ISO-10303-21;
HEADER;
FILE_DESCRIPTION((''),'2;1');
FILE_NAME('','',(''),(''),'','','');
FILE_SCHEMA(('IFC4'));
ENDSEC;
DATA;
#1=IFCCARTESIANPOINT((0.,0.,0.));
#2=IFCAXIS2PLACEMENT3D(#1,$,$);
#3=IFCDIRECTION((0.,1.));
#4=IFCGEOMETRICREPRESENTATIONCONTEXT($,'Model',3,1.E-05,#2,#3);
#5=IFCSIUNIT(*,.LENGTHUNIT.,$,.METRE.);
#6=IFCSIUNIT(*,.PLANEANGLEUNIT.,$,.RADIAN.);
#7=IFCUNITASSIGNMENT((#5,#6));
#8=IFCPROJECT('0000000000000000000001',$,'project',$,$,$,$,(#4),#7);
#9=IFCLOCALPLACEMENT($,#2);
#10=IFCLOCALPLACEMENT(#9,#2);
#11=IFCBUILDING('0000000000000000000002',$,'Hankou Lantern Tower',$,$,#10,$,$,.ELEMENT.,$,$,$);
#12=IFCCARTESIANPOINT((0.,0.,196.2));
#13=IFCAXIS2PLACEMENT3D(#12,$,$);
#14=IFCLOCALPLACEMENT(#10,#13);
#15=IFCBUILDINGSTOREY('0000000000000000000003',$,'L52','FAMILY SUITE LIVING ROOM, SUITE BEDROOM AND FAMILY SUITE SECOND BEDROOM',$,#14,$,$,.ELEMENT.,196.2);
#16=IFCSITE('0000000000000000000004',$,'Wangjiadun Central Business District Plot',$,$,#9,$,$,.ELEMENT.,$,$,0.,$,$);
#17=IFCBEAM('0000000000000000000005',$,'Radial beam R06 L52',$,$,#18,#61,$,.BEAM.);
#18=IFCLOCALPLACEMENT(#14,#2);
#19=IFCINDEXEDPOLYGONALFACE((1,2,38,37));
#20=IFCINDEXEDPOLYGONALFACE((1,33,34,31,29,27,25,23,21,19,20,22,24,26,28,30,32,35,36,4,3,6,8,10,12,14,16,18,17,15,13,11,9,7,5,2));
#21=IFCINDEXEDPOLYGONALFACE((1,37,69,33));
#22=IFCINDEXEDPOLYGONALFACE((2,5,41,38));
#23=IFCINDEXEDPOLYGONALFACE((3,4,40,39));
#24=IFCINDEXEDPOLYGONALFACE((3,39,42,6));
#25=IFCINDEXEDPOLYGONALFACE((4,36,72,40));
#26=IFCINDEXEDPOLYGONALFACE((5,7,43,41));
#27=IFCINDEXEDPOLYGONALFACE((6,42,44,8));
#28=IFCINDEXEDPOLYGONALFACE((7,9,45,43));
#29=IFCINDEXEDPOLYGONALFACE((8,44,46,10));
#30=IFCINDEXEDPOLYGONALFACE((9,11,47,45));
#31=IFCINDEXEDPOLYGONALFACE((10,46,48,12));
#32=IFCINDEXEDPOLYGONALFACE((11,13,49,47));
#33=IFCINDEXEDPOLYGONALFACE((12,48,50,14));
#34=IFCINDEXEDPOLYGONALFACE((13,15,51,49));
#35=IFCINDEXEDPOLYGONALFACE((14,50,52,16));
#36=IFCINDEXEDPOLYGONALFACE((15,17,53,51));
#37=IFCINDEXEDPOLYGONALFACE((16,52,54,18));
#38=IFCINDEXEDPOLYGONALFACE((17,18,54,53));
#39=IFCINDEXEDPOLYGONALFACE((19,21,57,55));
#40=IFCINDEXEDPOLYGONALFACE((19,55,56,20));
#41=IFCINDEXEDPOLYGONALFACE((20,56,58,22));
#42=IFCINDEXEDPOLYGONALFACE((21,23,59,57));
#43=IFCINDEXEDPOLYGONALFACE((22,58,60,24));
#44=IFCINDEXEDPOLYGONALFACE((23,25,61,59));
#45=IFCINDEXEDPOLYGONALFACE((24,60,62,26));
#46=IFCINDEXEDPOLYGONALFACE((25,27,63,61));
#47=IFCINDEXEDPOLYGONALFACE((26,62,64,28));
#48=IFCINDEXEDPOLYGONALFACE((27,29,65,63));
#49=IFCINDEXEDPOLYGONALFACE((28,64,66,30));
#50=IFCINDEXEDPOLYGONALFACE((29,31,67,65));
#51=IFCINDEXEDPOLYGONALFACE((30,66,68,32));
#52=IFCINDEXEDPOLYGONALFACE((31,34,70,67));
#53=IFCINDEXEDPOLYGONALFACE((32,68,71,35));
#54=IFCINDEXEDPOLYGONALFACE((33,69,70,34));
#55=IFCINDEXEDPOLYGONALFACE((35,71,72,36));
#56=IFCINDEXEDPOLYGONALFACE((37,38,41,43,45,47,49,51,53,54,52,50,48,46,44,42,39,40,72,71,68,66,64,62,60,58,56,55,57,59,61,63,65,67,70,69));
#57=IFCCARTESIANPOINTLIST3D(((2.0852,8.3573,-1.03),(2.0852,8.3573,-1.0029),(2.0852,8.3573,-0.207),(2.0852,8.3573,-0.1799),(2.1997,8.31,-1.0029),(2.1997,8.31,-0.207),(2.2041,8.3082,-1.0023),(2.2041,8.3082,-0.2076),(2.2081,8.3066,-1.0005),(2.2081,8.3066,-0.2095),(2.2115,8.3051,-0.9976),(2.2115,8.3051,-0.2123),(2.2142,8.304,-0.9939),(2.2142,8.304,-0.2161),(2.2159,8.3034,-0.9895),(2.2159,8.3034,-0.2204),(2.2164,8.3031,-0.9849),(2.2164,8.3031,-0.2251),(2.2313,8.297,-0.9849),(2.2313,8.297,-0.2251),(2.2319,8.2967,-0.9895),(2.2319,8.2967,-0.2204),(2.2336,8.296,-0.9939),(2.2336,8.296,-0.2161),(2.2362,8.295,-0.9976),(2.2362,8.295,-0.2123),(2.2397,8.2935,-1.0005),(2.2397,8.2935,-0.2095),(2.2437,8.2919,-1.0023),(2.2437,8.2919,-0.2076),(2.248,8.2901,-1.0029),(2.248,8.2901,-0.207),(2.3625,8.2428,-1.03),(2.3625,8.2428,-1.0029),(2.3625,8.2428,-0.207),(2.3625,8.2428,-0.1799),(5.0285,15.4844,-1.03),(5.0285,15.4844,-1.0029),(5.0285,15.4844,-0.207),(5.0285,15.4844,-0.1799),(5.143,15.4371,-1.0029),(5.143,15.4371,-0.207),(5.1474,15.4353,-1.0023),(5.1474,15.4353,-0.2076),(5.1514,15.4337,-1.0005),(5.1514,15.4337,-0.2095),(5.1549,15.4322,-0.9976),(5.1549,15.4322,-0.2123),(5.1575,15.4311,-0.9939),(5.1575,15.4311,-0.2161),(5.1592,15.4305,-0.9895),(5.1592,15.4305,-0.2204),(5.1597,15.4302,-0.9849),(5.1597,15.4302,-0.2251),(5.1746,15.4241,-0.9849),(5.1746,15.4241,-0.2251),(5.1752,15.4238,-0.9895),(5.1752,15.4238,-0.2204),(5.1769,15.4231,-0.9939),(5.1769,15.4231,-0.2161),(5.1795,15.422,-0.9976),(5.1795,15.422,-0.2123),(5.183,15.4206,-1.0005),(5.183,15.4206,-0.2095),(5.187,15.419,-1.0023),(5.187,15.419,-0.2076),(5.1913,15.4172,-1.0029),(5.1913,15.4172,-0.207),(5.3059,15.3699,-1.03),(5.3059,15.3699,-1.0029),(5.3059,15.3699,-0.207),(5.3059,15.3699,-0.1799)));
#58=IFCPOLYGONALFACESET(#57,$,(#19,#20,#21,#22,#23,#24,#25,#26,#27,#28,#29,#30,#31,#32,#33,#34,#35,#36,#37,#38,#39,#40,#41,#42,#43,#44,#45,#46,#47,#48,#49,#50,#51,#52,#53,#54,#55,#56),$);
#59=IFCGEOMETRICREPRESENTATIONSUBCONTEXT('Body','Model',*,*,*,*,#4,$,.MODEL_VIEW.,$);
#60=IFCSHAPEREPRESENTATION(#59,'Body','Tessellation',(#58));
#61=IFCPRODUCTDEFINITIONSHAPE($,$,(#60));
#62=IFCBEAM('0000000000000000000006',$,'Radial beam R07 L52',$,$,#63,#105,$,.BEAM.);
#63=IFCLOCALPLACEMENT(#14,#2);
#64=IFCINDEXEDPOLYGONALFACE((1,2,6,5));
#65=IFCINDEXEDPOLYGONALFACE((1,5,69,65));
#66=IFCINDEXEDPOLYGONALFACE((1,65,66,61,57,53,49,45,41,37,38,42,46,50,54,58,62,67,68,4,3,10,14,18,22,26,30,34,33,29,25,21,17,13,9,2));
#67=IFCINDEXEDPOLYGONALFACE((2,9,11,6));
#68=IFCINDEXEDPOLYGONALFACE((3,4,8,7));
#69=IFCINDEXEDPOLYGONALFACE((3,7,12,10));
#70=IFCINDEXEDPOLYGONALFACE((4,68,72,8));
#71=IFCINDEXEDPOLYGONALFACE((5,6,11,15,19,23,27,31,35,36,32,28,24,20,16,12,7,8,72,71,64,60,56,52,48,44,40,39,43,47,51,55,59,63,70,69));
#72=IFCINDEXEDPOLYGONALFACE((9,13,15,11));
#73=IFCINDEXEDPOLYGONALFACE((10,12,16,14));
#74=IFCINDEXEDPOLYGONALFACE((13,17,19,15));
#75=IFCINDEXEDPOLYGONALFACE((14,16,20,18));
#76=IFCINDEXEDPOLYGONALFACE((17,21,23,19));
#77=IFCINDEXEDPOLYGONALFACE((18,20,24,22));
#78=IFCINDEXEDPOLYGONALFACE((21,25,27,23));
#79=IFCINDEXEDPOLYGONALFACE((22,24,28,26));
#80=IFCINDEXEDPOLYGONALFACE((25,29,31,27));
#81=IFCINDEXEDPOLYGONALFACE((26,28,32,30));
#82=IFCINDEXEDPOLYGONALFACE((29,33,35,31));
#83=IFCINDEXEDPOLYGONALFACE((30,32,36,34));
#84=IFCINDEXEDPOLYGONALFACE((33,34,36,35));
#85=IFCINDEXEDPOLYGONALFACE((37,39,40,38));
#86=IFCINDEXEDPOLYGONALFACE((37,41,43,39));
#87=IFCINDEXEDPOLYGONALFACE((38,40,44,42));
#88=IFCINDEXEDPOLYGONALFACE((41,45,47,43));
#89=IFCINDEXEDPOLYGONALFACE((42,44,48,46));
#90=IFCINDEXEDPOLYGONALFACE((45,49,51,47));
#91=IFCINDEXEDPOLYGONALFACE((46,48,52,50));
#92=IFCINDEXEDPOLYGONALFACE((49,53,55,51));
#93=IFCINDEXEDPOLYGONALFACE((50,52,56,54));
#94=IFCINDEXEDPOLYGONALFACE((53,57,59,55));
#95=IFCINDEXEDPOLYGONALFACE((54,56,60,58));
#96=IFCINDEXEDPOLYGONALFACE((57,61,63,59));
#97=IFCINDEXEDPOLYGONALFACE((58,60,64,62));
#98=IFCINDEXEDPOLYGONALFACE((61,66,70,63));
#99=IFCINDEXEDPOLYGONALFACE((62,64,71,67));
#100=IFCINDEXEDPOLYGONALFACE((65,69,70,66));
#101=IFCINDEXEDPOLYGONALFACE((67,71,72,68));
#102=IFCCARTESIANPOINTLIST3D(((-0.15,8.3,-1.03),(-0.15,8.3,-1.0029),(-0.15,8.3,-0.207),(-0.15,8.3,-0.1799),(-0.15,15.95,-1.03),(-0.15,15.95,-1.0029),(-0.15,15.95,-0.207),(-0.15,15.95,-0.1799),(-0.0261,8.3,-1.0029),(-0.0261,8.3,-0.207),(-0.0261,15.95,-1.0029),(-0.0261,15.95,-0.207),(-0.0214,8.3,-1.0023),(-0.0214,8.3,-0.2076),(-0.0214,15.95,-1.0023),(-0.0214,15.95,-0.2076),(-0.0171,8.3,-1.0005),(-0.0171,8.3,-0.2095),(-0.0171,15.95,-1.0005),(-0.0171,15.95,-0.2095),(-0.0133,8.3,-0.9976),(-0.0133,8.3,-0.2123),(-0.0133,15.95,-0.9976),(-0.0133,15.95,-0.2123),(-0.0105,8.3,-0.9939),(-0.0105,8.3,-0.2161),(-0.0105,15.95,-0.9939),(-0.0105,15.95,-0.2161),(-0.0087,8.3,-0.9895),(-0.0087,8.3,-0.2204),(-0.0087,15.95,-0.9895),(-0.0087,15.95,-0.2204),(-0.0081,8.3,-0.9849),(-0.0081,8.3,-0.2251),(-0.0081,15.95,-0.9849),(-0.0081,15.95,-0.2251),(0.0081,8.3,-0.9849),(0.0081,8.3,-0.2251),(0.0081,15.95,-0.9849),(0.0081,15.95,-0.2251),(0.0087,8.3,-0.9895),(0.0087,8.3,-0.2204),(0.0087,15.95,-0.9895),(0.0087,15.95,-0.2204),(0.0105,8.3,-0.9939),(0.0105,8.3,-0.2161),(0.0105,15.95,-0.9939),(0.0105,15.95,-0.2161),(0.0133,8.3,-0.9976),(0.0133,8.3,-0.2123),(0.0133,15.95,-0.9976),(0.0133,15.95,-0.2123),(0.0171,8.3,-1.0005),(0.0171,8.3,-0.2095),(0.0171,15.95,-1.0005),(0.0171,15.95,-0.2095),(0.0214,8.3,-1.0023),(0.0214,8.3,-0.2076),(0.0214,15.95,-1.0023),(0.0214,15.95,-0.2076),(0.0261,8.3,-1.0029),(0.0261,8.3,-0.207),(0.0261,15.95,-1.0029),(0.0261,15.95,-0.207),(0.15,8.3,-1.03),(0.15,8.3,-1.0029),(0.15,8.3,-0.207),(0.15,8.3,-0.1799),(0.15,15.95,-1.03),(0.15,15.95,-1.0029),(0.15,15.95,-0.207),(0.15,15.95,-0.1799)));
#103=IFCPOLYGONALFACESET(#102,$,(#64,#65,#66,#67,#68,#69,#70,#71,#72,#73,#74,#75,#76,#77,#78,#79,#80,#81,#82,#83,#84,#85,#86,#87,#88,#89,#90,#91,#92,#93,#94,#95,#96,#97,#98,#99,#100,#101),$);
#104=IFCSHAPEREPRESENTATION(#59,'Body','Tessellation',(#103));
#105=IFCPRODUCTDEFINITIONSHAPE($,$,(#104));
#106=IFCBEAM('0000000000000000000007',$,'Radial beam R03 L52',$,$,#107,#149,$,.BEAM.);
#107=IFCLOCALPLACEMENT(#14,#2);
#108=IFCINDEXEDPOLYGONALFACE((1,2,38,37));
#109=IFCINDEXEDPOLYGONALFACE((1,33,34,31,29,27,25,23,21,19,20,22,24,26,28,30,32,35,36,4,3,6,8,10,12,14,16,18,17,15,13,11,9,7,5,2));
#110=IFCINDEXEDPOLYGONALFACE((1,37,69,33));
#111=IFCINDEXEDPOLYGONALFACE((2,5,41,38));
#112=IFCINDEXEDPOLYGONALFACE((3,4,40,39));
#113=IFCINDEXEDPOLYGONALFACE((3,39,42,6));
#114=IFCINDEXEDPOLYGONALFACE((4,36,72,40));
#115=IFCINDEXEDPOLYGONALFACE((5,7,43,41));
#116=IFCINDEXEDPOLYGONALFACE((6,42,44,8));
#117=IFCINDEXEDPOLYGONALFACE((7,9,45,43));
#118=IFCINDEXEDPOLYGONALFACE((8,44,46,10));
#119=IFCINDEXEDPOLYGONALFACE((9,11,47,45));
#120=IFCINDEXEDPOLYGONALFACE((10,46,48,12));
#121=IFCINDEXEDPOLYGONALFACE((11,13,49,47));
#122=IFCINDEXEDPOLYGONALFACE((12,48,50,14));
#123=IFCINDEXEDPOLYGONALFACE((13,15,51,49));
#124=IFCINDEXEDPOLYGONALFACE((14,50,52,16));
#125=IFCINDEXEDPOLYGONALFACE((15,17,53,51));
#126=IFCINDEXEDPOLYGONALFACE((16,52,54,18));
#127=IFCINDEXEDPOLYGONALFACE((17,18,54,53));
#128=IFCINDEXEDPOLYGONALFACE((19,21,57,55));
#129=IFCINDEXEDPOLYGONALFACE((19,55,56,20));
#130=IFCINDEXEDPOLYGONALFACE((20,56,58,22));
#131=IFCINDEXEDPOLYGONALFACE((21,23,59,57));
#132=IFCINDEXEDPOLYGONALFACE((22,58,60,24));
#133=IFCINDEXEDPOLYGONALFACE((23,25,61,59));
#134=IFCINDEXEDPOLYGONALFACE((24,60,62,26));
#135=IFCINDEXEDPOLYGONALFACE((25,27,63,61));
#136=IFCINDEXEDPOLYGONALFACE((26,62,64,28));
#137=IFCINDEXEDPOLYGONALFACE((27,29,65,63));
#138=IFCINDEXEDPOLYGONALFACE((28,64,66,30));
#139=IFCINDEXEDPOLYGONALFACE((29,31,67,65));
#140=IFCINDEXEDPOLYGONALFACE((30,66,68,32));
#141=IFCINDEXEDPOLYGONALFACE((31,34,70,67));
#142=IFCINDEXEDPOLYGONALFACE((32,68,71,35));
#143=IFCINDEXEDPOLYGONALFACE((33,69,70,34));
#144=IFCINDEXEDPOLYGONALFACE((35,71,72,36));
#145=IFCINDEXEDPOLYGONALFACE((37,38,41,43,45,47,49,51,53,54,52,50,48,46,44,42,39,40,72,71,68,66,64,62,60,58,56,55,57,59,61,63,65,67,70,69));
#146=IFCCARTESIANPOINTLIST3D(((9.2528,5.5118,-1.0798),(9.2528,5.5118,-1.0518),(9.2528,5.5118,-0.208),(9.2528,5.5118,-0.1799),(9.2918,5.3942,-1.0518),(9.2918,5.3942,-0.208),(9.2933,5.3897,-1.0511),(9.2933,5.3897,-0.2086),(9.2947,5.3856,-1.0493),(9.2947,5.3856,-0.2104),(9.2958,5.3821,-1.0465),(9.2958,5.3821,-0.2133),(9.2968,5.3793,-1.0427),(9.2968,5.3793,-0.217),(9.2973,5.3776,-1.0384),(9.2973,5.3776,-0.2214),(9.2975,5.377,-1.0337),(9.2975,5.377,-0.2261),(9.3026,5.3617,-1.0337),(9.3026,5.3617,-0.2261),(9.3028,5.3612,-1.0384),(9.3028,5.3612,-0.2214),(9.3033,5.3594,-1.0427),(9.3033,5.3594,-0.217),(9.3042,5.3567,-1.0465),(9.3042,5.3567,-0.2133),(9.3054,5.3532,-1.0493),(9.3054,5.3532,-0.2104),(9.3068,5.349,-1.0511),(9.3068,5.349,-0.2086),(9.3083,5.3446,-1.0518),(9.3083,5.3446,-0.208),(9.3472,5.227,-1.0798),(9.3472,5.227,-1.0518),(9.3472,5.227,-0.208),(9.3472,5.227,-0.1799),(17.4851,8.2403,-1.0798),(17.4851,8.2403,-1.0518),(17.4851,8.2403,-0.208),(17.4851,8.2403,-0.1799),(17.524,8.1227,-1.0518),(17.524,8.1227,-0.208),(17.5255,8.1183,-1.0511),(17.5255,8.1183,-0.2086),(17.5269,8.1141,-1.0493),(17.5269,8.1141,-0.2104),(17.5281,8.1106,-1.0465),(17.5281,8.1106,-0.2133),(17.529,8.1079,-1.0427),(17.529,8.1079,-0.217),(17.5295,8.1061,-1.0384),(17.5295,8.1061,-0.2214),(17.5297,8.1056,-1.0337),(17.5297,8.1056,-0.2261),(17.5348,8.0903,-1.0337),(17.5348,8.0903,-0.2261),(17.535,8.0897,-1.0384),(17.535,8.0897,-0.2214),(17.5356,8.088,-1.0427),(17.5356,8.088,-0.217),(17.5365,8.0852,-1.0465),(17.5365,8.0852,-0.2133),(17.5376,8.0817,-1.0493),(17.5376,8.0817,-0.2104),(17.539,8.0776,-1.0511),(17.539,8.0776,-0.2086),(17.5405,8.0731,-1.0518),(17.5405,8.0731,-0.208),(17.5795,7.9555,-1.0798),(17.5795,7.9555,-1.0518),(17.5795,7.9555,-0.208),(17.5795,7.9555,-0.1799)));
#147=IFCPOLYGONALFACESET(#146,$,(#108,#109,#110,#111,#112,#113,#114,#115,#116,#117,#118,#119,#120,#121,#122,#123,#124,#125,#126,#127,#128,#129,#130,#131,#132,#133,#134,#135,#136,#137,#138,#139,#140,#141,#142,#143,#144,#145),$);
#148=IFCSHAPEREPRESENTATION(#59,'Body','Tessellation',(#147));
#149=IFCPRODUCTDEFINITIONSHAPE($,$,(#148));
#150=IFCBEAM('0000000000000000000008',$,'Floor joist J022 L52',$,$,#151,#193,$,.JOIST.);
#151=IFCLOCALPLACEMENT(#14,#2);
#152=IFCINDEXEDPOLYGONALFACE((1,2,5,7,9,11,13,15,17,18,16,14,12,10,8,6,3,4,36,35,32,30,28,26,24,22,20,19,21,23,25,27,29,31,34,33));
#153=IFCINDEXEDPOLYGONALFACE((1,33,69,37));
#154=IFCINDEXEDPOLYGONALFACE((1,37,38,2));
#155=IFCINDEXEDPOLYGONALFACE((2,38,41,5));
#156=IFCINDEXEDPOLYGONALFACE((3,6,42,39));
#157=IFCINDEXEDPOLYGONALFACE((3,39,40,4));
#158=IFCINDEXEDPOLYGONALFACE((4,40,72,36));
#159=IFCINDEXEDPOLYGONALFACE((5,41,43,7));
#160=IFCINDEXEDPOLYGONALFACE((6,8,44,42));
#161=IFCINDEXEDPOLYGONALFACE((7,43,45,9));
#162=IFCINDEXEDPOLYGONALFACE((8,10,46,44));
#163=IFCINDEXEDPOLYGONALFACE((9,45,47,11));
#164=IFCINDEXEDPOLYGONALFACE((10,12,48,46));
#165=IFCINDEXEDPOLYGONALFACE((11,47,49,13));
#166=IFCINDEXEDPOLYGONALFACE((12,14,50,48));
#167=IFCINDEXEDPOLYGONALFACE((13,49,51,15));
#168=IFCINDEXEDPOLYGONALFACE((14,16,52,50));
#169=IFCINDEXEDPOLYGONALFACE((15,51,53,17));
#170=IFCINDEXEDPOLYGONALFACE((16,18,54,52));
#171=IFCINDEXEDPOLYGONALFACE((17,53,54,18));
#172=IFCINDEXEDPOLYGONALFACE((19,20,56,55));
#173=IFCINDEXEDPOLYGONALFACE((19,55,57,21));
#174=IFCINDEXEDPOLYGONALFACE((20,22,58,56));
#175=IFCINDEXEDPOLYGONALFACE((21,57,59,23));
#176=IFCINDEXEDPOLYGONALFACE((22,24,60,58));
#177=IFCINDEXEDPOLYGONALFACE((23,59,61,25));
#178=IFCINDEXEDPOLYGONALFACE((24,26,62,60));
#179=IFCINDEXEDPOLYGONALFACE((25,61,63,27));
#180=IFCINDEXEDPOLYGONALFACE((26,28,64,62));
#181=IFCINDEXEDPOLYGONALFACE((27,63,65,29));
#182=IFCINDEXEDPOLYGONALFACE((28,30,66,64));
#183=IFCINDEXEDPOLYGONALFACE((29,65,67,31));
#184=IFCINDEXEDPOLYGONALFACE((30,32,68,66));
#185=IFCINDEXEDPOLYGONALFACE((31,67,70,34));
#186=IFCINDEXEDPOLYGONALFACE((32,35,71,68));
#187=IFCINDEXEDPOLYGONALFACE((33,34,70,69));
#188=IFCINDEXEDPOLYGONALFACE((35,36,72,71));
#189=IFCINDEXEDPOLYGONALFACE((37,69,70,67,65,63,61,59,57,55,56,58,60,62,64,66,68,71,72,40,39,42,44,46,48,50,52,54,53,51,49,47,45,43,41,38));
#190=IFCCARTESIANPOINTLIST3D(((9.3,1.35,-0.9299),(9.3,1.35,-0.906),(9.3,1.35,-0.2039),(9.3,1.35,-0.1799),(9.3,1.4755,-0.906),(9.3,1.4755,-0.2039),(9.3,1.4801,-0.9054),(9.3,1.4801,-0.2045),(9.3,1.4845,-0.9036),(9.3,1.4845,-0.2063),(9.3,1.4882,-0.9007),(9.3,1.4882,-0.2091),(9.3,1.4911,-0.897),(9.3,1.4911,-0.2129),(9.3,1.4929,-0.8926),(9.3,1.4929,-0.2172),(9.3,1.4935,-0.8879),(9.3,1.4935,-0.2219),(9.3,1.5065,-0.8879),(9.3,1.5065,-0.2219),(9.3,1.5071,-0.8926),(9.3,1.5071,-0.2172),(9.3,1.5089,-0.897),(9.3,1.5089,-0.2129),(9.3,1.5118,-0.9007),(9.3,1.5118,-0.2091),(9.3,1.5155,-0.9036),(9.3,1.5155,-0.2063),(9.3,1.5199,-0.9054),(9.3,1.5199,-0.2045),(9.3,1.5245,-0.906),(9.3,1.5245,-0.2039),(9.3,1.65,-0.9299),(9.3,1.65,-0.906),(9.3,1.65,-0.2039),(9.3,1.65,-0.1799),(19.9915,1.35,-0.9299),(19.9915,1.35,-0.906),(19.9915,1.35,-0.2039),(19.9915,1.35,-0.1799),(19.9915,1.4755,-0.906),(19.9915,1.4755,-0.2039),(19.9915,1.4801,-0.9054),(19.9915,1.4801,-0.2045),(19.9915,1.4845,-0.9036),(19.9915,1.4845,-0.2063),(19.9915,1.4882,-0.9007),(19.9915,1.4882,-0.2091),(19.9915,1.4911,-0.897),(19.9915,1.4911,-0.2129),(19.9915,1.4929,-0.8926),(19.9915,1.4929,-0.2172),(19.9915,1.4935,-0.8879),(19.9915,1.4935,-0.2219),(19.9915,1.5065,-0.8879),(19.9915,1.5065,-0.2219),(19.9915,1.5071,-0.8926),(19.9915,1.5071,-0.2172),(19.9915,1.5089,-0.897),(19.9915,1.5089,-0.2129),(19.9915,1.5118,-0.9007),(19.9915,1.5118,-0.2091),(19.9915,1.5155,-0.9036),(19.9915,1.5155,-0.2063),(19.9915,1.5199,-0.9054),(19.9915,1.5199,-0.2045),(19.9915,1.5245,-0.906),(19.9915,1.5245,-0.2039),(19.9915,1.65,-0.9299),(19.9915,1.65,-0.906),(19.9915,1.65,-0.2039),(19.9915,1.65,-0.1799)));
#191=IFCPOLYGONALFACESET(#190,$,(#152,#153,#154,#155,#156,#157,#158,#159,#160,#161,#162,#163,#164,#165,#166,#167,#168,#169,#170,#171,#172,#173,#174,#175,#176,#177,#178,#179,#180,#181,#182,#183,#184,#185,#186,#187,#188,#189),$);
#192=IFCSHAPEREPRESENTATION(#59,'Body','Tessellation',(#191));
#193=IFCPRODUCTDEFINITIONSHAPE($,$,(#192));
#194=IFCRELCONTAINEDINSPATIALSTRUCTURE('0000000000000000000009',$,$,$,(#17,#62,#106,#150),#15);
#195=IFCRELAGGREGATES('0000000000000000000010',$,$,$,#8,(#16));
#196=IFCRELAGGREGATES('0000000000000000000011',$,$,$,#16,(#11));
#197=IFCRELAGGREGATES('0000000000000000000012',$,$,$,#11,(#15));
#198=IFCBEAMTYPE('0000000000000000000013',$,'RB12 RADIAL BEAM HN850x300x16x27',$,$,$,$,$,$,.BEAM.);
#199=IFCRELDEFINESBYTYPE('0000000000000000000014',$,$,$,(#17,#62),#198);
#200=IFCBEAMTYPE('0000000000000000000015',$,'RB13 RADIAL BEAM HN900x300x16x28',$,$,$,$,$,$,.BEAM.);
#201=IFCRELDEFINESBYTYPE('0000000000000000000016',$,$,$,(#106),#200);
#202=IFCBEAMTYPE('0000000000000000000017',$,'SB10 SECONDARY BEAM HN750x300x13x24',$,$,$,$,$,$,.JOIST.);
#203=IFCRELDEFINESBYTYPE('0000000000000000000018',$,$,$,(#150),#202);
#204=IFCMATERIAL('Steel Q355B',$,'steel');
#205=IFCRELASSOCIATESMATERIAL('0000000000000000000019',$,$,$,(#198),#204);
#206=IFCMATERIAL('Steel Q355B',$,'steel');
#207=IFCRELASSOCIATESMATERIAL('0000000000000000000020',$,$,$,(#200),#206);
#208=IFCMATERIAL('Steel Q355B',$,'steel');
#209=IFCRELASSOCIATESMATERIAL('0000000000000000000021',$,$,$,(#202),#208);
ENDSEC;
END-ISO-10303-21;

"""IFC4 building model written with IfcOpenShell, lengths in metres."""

from ifc_helpers import new_model, si_unit, direction, frame, origin, origin_2d, place, context, subcontext, project, spatial, i_section, extrude, material, material_profile, profile_set, type_object, element, save


model = new_model("IFC4")

# Units and contexts
model_context = context("Model", 3, precision=1e-05, world=origin(), true_north=direction((0.0, 1.0)))
body_context = subcontext(model_context, "Body", "Model", "MODEL_VIEW")
ifc_project = project(units=[si_unit("LENGTHUNIT", "METRE"), si_unit("PLANEANGLEUNIT", "RADIAN")], contexts=[model_context])

# Site, building, storey
site_placement = place(None, origin())
site = spatial("IfcSite", under=ifc_project, at=site_placement, Name="Wangjiadun Central Business District Plot", CompositionType="ELEMENT", RefElevation=0.0)
building_placement = place(site_placement, origin())
building = spatial("IfcBuilding", under=site, at=building_placement, Name="Hankou Lantern Tower", CompositionType="ELEMENT")
storey_placement = place(building_placement, frame((0.0, 0.0, 196.2)))
storey = spatial("IfcBuildingStorey", under=building, at=storey_placement, Name="L52", Description="FAMILY SUITE LIVING ROOM, SUITE BEDROOM AND FAMILY SUITE SECOND BEDROOM", CompositionType="ELEMENT", Elevation=196.2)

# Beams
ifc_material_1 = material(Name="Steel Q355B", Category="steel")
ifc_material_profile_1 = material_profile(ifc_material_1, i_section(OverallWidth=0.3, OverallDepth=0.8501, WebThickness=0.0161, FlangeThickness=0.0271, FilletRadius=0.0181, at=origin_2d()), Name="HN850x300x16x27")
ifc_profile_set_1 = profile_set([ifc_material_profile_1], Name="Steel Q355B")
beam_type_1 = type_object("IfcBeamType", Name="RB12 RADIAL BEAM HN850x300x16x27", PredefinedType="BEAM", material=ifc_profile_set_1)
beam_1_placement = place(storey_placement, frame((2.2239, 8.3, -0.605), z_axis=(0.381707, 0.924284, 0.0), x_axis=(-0.924284, 0.381707, 0.0)))
element("IfcBeam", 1, at=beam_1_placement, inside=storey, type_object=beam_type_1, Name="Radial beam R06 L52", PredefinedType="BEAM", context=body_context, shape_type="SweptSolid", body=[
    extrude(i_section(OverallWidth=0.3, OverallDepth=0.8501, WebThickness=0.0161, FlangeThickness=0.0271, FilletRadius=0.0181, at=origin_2d()), origin(), (0.0, 0.0, 1.0), 7.7109),
])
beam_2_placement = place(storey_placement, frame((0.0, 8.3, -0.605), z_axis=(0.0, 1.0, 0.0), x_axis=(-1.0, 0.0, 0.0)))
element("IfcBeam", 2, at=beam_2_placement, inside=storey, type_object=beam_type_1, Name="Radial beam R07 L52", PredefinedType="BEAM", context=body_context, shape_type="SweptSolid", body=[
    extrude(i_section(OverallWidth=0.3, OverallDepth=0.8501, WebThickness=0.0161, FlangeThickness=0.0271, FilletRadius=0.0181, at=origin_2d()), origin(), (0.0, 0.0, 1.0), 7.6499),
])
ifc_material_2 = material(Name="Steel Q355B", Category="steel")
ifc_material_profile_2 = material_profile(ifc_material_2, i_section(OverallWidth=0.3, OverallDepth=0.8999, WebThickness=0.0161, FlangeThickness=0.0281, FilletRadius=0.0181, at=origin_2d()), Name="HN900x300x16x28")
ifc_profile_set_2 = profile_set([ifc_material_profile_2], Name="Steel Q355B")
beam_type_2 = type_object("IfcBeamType", Name="RB13 RADIAL BEAM HN900x300x16x28", PredefinedType="BEAM", material=ifc_profile_set_2)
beam_3_placement = place(storey_placement, frame((9.3, 5.3694, -0.6299), z_axis=(0.94922, 0.314614, 0.0), x_axis=(-0.314614, 0.94922, 0.0)))
element("IfcBeam", 3, at=beam_3_placement, inside=storey, type_object=beam_type_2, Name="Radial beam R03 L52", PredefinedType="BEAM", context=body_context, shape_type="SweptSolid", body=[
    extrude(i_section(OverallWidth=0.3, OverallDepth=0.8999, WebThickness=0.0161, FlangeThickness=0.0281, FilletRadius=0.0181, at=origin_2d()), origin(), (0.0, 0.0, 1.0), 8.6726),
])
ifc_material_3 = material(Name="Steel Q355B", Category="steel")
ifc_material_profile_3 = material_profile(ifc_material_3, i_section(OverallWidth=0.3, OverallDepth=0.75, WebThickness=0.0129, FlangeThickness=0.0239, FilletRadius=0.0181, at=origin_2d()), Name="HN750x300x13x24")
ifc_profile_set_3 = profile_set([ifc_material_profile_3], Name="Steel Q355B")
beam_type_3 = type_object("IfcBeamType", Name="SB10 SECONDARY BEAM HN750x300x13x24", PredefinedType="JOIST", material=ifc_profile_set_3)
beam_4_placement = place(storey_placement, frame((9.3, 1.5, -0.5549), z_axis=(1.0, 0.0, 0.0), x_axis=(0.0, 1.0, 0.0)))
element("IfcBeam", 4, at=beam_4_placement, inside=storey, type_object=beam_type_3, Name="Floor joist J022 L52", PredefinedType="JOIST", context=body_context, shape_type="SweptSolid", body=[
    extrude(i_section(OverallWidth=0.3, OverallDepth=0.75, WebThickness=0.0129, FlangeThickness=0.0239, FilletRadius=0.0181, at=origin_2d()), origin(), (0.0, 0.0, 1.0), 10.6914),
])

save(model, "model.ifc")
